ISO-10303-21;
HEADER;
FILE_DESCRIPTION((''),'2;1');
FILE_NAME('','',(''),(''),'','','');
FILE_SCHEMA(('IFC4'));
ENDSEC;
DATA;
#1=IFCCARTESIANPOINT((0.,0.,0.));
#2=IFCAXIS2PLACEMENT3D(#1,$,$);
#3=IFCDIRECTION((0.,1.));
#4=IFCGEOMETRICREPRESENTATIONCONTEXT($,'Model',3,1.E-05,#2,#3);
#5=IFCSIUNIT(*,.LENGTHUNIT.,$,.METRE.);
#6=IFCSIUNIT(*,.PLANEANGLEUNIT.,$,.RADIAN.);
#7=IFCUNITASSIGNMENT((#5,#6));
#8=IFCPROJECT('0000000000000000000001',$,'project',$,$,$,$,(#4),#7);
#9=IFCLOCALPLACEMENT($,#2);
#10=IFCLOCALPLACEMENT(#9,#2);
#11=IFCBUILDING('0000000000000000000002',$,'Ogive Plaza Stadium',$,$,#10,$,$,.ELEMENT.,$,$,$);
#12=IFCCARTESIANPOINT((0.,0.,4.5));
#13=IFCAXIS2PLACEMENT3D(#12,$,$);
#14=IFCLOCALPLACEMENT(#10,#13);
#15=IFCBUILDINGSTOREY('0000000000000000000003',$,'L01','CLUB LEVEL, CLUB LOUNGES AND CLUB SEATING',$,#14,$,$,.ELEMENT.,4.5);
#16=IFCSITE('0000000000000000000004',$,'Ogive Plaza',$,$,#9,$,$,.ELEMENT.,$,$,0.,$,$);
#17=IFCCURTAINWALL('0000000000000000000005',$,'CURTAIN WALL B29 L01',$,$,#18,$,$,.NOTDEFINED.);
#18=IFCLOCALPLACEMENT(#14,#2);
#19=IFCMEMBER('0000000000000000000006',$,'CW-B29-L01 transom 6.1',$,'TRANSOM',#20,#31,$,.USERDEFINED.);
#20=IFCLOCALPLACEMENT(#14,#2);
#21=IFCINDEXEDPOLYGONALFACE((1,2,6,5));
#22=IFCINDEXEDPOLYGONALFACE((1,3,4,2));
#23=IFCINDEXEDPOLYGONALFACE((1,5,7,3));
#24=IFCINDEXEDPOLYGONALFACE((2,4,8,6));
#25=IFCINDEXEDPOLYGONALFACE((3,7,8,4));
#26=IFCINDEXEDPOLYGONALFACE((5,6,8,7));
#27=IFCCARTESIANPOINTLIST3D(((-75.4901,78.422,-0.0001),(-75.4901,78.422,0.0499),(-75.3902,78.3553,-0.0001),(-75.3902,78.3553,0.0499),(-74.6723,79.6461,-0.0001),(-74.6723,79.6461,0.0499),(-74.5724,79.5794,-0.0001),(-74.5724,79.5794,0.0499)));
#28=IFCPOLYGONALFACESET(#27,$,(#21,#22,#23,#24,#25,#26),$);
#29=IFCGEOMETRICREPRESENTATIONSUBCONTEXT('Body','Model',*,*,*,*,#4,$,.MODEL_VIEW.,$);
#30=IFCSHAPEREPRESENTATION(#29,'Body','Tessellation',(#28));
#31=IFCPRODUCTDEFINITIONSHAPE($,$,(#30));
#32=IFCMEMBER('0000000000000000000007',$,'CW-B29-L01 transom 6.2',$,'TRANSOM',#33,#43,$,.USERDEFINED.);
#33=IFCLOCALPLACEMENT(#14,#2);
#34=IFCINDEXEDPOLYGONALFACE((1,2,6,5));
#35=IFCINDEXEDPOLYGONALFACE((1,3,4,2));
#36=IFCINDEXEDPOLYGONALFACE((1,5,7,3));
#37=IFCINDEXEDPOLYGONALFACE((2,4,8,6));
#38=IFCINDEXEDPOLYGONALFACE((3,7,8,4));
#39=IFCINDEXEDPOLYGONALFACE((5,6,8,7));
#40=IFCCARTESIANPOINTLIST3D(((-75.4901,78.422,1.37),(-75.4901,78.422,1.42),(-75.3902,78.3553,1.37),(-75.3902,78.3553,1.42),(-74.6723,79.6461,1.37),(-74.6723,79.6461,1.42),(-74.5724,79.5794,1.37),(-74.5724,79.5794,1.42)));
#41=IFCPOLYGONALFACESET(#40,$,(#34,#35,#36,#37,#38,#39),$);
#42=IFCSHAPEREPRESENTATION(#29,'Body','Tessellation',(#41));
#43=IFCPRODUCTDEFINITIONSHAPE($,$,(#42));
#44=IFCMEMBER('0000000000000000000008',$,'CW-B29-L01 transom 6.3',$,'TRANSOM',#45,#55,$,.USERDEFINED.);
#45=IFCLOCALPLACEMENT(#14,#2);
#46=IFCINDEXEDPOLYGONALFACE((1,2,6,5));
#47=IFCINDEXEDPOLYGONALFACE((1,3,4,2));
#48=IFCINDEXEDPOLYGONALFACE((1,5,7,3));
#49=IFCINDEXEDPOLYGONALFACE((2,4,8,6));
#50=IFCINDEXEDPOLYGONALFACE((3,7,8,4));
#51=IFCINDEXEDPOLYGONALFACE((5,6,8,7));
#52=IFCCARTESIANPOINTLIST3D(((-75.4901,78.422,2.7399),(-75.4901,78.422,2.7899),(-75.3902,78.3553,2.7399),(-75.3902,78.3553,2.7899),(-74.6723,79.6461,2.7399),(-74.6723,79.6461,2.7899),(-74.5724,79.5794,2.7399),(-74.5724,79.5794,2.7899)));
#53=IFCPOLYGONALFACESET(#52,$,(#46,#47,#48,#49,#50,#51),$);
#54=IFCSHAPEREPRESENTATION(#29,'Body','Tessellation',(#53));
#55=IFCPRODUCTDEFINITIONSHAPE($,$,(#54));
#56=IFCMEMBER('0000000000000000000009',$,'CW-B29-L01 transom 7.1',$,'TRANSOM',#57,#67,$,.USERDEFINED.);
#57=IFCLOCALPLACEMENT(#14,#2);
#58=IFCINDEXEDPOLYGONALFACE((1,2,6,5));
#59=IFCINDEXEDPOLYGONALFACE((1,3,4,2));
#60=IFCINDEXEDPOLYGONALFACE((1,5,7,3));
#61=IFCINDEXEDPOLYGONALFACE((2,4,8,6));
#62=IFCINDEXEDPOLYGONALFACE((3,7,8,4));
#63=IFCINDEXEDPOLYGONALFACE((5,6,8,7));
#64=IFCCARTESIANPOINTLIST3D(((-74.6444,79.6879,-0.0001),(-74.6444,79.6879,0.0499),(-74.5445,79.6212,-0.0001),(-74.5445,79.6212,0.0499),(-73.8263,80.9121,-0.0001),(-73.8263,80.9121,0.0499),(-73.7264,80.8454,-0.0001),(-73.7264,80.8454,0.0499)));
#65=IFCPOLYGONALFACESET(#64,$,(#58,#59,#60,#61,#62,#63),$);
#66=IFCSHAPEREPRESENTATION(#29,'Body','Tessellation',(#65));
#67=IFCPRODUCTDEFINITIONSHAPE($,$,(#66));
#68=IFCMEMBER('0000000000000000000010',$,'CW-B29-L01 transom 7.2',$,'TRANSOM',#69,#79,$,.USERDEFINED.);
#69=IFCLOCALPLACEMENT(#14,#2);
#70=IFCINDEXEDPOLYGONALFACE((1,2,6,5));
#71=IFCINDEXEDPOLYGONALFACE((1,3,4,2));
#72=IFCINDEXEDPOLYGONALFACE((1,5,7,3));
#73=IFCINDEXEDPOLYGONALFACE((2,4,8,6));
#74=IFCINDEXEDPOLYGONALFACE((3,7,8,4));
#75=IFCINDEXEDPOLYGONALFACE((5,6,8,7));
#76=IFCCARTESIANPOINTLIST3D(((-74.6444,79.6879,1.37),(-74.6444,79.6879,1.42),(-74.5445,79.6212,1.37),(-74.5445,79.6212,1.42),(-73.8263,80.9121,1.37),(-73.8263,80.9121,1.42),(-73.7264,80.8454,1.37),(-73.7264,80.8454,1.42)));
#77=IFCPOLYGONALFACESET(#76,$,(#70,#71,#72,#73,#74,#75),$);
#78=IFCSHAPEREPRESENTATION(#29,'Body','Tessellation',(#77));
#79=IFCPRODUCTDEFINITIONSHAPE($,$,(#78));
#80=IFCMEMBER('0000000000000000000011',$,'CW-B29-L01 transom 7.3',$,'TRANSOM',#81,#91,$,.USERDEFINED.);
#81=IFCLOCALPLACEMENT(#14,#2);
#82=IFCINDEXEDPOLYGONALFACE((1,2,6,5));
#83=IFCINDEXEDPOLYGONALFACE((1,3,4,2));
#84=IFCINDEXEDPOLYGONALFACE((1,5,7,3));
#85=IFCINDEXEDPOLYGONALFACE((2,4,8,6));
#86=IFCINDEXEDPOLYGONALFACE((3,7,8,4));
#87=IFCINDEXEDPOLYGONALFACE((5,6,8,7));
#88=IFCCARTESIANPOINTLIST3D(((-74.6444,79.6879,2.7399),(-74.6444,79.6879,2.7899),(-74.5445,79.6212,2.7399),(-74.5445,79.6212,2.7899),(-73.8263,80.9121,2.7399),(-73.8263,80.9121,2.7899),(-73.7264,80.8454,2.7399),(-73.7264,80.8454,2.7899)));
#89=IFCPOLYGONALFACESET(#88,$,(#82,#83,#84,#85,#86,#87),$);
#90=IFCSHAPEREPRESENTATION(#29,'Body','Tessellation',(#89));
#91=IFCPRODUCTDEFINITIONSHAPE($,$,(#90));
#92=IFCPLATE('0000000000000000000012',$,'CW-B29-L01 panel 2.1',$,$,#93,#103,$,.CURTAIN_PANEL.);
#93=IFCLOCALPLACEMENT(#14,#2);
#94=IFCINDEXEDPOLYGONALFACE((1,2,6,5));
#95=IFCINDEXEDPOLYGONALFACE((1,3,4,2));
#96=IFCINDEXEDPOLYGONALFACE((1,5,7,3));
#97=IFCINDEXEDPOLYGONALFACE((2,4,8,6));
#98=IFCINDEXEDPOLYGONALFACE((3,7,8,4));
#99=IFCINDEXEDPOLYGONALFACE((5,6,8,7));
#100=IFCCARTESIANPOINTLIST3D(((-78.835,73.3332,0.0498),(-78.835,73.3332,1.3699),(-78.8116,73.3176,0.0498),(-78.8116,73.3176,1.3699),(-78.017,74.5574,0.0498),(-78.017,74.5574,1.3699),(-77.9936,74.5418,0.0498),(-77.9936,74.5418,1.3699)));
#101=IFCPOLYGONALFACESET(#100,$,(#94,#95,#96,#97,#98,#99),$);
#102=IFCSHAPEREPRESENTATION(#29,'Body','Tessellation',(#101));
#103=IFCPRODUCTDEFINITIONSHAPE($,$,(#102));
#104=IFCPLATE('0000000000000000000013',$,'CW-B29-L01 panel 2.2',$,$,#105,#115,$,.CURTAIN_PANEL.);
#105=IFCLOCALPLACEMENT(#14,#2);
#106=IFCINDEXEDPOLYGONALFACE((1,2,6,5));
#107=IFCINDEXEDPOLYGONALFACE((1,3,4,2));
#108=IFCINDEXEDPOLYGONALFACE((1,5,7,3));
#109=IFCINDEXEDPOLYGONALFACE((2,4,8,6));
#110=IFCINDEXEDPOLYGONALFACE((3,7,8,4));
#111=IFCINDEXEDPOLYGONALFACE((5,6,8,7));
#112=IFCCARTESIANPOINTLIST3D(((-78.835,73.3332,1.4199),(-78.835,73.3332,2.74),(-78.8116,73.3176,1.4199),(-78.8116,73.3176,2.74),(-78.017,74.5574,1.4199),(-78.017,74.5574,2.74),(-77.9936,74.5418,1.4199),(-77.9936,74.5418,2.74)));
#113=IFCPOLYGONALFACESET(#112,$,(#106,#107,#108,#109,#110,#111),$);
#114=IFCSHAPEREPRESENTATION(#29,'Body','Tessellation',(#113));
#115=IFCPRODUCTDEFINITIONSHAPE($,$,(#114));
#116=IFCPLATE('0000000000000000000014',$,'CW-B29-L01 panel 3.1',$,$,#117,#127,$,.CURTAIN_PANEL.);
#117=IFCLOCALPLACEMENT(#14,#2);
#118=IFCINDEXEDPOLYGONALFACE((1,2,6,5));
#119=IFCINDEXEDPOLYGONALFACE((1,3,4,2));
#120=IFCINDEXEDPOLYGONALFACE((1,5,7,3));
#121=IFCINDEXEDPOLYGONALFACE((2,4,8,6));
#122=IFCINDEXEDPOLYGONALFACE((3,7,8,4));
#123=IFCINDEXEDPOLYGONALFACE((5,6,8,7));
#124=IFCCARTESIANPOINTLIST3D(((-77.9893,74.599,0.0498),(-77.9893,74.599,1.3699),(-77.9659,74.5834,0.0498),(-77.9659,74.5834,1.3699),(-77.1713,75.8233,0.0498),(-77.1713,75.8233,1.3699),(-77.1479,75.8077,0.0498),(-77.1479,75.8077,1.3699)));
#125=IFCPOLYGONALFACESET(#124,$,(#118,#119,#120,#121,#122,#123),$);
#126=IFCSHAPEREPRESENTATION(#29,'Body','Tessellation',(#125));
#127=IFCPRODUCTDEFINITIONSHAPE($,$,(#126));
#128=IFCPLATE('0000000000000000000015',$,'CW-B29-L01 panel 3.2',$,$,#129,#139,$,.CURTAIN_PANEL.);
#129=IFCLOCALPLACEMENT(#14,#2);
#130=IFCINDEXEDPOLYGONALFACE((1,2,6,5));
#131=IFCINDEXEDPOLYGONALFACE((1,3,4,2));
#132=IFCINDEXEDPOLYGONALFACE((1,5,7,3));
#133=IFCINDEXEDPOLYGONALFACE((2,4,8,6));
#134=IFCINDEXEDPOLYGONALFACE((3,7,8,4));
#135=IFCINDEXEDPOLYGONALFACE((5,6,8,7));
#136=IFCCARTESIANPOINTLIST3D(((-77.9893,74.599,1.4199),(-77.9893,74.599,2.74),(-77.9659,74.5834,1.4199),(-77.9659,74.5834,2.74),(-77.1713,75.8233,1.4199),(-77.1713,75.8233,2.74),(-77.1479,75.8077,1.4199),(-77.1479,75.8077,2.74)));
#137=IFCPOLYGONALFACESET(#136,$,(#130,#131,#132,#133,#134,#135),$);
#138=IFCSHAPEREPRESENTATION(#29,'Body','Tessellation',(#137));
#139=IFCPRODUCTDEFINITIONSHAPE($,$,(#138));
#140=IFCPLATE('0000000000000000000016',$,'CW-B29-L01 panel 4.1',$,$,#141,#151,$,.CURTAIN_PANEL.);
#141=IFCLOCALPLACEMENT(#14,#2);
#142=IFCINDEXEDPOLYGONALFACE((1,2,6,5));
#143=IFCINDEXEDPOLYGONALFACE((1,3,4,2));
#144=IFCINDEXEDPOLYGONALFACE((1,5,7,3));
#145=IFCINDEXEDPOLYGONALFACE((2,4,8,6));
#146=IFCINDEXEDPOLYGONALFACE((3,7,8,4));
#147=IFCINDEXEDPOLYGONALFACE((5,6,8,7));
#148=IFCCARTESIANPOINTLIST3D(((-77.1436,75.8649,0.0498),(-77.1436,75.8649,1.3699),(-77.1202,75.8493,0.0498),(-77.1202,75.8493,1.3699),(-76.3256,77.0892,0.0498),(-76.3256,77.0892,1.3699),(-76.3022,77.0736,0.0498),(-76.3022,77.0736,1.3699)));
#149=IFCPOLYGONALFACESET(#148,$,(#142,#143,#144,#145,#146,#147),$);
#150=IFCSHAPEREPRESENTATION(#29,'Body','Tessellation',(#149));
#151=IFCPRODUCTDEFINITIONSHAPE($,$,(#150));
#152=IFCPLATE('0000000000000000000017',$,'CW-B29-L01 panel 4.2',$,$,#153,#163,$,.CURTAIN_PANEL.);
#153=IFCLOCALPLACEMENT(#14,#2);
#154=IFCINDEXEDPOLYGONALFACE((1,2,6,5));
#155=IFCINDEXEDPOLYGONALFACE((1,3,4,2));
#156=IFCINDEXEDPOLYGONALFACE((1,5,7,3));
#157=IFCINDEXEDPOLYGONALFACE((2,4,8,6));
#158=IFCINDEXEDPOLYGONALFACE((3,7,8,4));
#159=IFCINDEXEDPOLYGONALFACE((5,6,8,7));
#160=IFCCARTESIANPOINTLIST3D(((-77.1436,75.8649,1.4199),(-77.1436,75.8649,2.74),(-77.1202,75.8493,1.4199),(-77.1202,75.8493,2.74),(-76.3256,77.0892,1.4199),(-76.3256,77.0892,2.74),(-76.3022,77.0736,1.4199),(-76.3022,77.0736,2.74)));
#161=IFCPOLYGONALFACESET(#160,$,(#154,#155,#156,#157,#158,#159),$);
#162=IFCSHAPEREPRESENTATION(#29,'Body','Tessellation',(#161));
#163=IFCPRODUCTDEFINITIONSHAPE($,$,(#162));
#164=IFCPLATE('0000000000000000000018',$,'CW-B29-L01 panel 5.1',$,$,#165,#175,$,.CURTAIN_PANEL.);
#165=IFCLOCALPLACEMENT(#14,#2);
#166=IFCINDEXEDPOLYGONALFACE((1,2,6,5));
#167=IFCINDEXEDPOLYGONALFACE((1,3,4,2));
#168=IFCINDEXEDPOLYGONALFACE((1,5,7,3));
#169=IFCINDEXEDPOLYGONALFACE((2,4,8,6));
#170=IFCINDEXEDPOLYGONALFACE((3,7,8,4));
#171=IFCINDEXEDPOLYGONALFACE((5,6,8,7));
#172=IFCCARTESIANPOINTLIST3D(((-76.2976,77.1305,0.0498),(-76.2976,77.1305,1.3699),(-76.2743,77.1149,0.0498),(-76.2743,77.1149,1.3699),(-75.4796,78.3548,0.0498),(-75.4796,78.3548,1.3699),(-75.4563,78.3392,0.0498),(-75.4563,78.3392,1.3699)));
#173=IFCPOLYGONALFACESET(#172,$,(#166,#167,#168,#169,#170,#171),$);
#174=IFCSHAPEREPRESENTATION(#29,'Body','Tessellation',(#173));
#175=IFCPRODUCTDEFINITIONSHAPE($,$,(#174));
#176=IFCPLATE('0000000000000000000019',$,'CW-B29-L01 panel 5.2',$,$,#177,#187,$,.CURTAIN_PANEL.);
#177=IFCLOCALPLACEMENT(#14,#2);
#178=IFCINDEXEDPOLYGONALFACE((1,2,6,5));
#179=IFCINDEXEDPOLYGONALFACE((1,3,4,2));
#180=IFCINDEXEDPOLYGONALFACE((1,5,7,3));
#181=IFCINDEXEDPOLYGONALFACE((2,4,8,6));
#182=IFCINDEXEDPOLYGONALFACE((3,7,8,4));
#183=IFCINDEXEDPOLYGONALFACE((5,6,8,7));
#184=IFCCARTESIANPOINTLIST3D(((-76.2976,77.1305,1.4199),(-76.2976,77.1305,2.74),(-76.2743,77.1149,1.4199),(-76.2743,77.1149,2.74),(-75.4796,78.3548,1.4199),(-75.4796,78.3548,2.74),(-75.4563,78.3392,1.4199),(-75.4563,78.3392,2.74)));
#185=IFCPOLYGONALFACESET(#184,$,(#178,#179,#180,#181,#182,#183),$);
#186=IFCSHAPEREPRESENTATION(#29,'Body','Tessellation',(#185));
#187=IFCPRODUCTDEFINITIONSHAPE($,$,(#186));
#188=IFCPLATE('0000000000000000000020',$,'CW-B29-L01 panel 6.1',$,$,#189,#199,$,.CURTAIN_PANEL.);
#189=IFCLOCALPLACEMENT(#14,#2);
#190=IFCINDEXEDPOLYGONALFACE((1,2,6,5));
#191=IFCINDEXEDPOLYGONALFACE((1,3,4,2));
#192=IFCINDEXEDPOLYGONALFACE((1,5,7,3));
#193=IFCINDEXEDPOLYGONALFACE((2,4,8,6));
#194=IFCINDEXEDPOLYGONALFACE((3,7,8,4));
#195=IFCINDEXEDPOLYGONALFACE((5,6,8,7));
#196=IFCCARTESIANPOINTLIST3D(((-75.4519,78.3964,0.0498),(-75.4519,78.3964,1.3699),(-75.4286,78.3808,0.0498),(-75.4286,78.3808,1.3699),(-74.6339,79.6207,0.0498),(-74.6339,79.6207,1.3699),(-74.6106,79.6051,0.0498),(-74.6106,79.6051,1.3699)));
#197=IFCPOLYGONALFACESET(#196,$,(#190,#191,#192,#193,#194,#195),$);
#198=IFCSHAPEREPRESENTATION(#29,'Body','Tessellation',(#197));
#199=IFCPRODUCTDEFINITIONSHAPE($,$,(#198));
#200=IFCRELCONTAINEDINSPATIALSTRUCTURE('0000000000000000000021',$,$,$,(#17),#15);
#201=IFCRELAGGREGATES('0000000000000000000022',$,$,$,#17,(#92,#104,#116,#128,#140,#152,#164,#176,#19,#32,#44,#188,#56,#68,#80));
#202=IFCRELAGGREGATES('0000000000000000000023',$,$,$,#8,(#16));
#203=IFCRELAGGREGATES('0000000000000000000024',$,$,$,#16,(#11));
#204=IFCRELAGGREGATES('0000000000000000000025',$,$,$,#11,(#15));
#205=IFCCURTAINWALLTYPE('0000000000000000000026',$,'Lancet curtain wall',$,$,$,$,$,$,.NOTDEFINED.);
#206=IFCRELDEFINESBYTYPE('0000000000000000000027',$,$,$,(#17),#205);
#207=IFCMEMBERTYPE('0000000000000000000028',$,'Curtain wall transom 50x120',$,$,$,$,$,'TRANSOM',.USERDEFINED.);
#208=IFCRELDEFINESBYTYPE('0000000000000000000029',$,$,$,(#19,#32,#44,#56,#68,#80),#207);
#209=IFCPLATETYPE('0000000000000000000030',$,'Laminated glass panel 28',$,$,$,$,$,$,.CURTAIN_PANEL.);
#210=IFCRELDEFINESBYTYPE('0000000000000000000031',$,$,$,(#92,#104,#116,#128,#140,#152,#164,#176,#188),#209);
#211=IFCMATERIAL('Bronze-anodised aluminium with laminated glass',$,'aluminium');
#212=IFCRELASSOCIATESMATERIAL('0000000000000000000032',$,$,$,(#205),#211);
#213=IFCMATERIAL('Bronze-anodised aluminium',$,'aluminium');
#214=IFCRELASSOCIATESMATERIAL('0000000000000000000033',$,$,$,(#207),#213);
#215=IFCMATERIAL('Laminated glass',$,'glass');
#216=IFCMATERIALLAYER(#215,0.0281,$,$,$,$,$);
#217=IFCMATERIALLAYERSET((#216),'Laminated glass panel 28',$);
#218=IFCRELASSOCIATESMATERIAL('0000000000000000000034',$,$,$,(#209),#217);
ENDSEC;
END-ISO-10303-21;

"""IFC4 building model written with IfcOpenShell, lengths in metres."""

from ifc_helpers import new_model, si_unit, direction, frame, origin, origin_2d, place, context, subcontext, project, spatial, rectangle, extrude, material, layer, layer_set, material_profile, profile_set, type_object, element, aggregate, save


model = new_model("IFC4")

# Units and contexts
model_context = context("Model", 3, precision=1e-05, world=origin(), true_north=direction((0.0, 1.0)))
body_context = subcontext(model_context, "Body", "Model", "MODEL_VIEW")
ifc_project = project(units=[si_unit("LENGTHUNIT", "METRE"), si_unit("PLANEANGLEUNIT", "RADIAN")], contexts=[model_context])

# Site, building, storey
site_placement = place(None, origin())
site = spatial("IfcSite", under=ifc_project, at=site_placement, Name="Ogive Plaza", CompositionType="ELEMENT", RefElevation=0.0)
building_placement = place(site_placement, origin())
building = spatial("IfcBuilding", under=site, at=building_placement, Name="Ogive Plaza Stadium", CompositionType="ELEMENT")
storey_placement = place(building_placement, frame((0.0, 0.0, 4.5)))
storey = spatial("IfcBuildingStorey", under=building, at=storey_placement, Name="L01", Description="CLUB LEVEL, CLUB LOUNGES AND CLUB SEATING", CompositionType="ELEMENT", Elevation=4.5)

# Curtain wall, members, plates
ifc_material_1 = material(Name="Bronze-anodised aluminium with laminated glass", Category="aluminium")
curtain_wall_type = type_object("IfcCurtainWallType", Name="Lancet curtain wall", PredefinedType="NOTDEFINED", material=ifc_material_1)
curtain_wall_placement = place(storey_placement, origin())
curtain_wall = element("IfcCurtainWall", 1, at=curtain_wall_placement, inside=storey, type_object=curtain_wall_type, Name="CURTAIN WALL B29 L01", PredefinedType="NOTDEFINED")
ifc_material_2 = material(Name="Bronze-anodised aluminium", Category="aluminium")
ifc_material_profile_1 = material_profile(ifc_material_2, rectangle(XDim=0.1201, YDim=0.05, at=origin_2d()), Name="AL 120x50")
ifc_profile_set_1 = profile_set([ifc_material_profile_1], Name="Bronze-anodised aluminium")
member_type_1 = type_object("IfcMemberType", Name="Curtain wall transom 50x120", ElementType="TRANSOM", PredefinedType="USERDEFINED", material=ifc_profile_set_1)
member_1_placement = place(storey_placement, frame((-75.4402, 78.3887, 0.0249), z_axis=(0.555542, 0.831489, 0.0), x_axis=(-0.831489, 0.555542, 0.0)))
member_1 = element("IfcMember", 2, at=member_1_placement, type_object=member_type_1, Name="CW-B29-L01 transom 6.1", ObjectType="TRANSOM", PredefinedType="USERDEFINED", context=body_context, shape_type="SweptSolid", body=[
    extrude(rectangle(XDim=0.1201, YDim=0.05, at=origin_2d()), origin(), (0.0, 0.0, 1.0), 1.4722),
])
member_2_placement = place(storey_placement, frame((-75.4402, 78.3887, 1.395), z_axis=(0.555542, 0.831489, 0.0), x_axis=(-0.831489, 0.555542, 0.0)))
member_2 = element("IfcMember", 3, at=member_2_placement, type_object=member_type_1, Name="CW-B29-L01 transom 6.2", ObjectType="TRANSOM", PredefinedType="USERDEFINED", context=body_context, shape_type="SweptSolid", body=[
    extrude(rectangle(XDim=0.1201, YDim=0.05, at=origin_2d()), origin(), (0.0, 0.0, 1.0), 1.4722),
])
member_3_placement = place(storey_placement, frame((-75.4402, 78.3887, 2.7649), z_axis=(0.555542, 0.831489, 0.0), x_axis=(-0.831489, 0.555542, 0.0)))
member_3 = element("IfcMember", 4, at=member_3_placement, type_object=member_type_1, Name="CW-B29-L01 transom 6.3", ObjectType="TRANSOM", PredefinedType="USERDEFINED", context=body_context, shape_type="SweptSolid", body=[
    extrude(rectangle(XDim=0.1201, YDim=0.05, at=origin_2d()), origin(), (0.0, 0.0, 1.0), 1.4722),
])
member_4_placement = place(storey_placement, frame((-74.5945, 79.6545, 0.0249), z_axis=(0.555656, 0.831412, 0.0), x_axis=(-0.831412, 0.555656, 0.0)))
member_4 = element("IfcMember", 5, at=member_4_placement, type_object=member_type_1, Name="CW-B29-L01 transom 7.1", ObjectType="TRANSOM", PredefinedType="USERDEFINED", context=body_context, shape_type="SweptSolid", body=[
    extrude(rectangle(XDim=0.1201, YDim=0.05, at=origin_2d()), origin(), (0.0, 0.0, 1.0), 1.4724),
])
member_5_placement = place(storey_placement, frame((-74.5945, 79.6545, 1.395), z_axis=(0.555656, 0.831412, 0.0), x_axis=(-0.831412, 0.555656, 0.0)))
member_5 = element("IfcMember", 6, at=member_5_placement, type_object=member_type_1, Name="CW-B29-L01 transom 7.2", ObjectType="TRANSOM", PredefinedType="USERDEFINED", context=body_context, shape_type="SweptSolid", body=[
    extrude(rectangle(XDim=0.1201, YDim=0.05, at=origin_2d()), origin(), (0.0, 0.0, 1.0), 1.4724),
])
member_6_placement = place(storey_placement, frame((-74.5945, 79.6545, 2.7649), z_axis=(0.555656, 0.831412, 0.0), x_axis=(-0.831412, 0.555656, 0.0)))
member_6 = element("IfcMember", 7, at=member_6_placement, type_object=member_type_1, Name="CW-B29-L01 transom 7.3", ObjectType="TRANSOM", PredefinedType="USERDEFINED", context=body_context, shape_type="SweptSolid", body=[
    extrude(rectangle(XDim=0.1201, YDim=0.05, at=origin_2d()), origin(), (0.0, 0.0, 1.0), 1.4724),
])
ifc_material_3 = material(Name="Laminated glass", Category="glass")
ifc_layer_1 = layer(ifc_material_3, 0.0281)
ifc_layer_set_1 = layer_set([ifc_layer_1], Name="Laminated glass panel 28")
plate_type = type_object("IfcPlateType", Name="Laminated glass panel 28", PredefinedType="CURTAIN_PANEL", material=ifc_layer_set_1)
plate_1_placement = place(storey_placement, frame((-78.4143, 73.9375, 0.0498), z_axis=(0.0, 0.0, 1.0), x_axis=(0.55557, 0.83147, 0.0)))
plate_1 = element("IfcPlate", 8, at=plate_1_placement, type_object=plate_type, Name="CW-B29-L01 panel 2.1", PredefinedType="CURTAIN_PANEL", context=body_context, shape_type="SweptSolid", body=[
    extrude(rectangle(XDim=1.4724, YDim=0.0281, at=origin_2d()), origin(), (0.0, 0.0, 1.0), 1.3201),
])
plate_2_placement = place(storey_placement, frame((-78.4143, 73.9375, 1.4199), z_axis=(0.0, 0.0, 1.0), x_axis=(0.55557, 0.83147, 0.0)))
plate_2 = element("IfcPlate", 9, at=plate_2_placement, type_object=plate_type, Name="CW-B29-L01 panel 2.2", PredefinedType="CURTAIN_PANEL", context=body_context, shape_type="SweptSolid", body=[
    extrude(rectangle(XDim=1.4724, YDim=0.0281, at=origin_2d()), origin(), (0.0, 0.0, 1.0), 1.3201),
])
plate_3_placement = place(storey_placement, frame((-77.5686, 75.2034, 0.0498), z_axis=(0.0, 0.0, 1.0), x_axis=(0.55557, 0.83147, 0.0)))
plate_3 = element("IfcPlate", 10, at=plate_3_placement, type_object=plate_type, Name="CW-B29-L01 panel 3.1", PredefinedType="CURTAIN_PANEL", context=body_context, shape_type="SweptSolid", body=[
    extrude(rectangle(XDim=1.4724, YDim=0.0281, at=origin_2d()), origin(), (0.0, 0.0, 1.0), 1.3201),
])
plate_4_placement = place(storey_placement, frame((-77.5686, 75.2034, 1.4199), z_axis=(0.0, 0.0, 1.0), x_axis=(0.55557, 0.83147, 0.0)))
plate_4 = element("IfcPlate", 11, at=plate_4_placement, type_object=plate_type, Name="CW-B29-L01 panel 3.2", PredefinedType="CURTAIN_PANEL", context=body_context, shape_type="SweptSolid", body=[
    extrude(rectangle(XDim=1.4724, YDim=0.0281, at=origin_2d()), origin(), (0.0, 0.0, 1.0), 1.3201),
])
plate_5_placement = place(storey_placement, frame((-76.7229, 76.4692, 0.0498), z_axis=(0.0, 0.0, 1.0), x_axis=(0.55557, 0.83147, 0.0)))
plate_5 = element("IfcPlate", 12, at=plate_5_placement, type_object=plate_type, Name="CW-B29-L01 panel 4.1", PredefinedType="CURTAIN_PANEL", context=body_context, shape_type="SweptSolid", body=[
    extrude(rectangle(XDim=1.4724, YDim=0.0281, at=origin_2d()), origin(), (0.0, 0.0, 1.0), 1.3201),
])
plate_6_placement = place(storey_placement, frame((-76.7229, 76.4692, 1.4199), z_axis=(0.0, 0.0, 1.0), x_axis=(0.55557, 0.83147, 0.0)))
plate_6 = element("IfcPlate", 13, at=plate_6_placement, type_object=plate_type, Name="CW-B29-L01 panel 4.2", PredefinedType="CURTAIN_PANEL", context=body_context, shape_type="SweptSolid", body=[
    extrude(rectangle(XDim=1.4724, YDim=0.0281, at=origin_2d()), origin(), (0.0, 0.0, 1.0), 1.3201),
])
plate_7_placement = place(storey_placement, frame((-75.877, 77.7349, 0.0498), z_axis=(0.0, 0.0, 1.0), x_axis=(0.55557, 0.83147, 0.0)))
plate_7 = element("IfcPlate", 14, at=plate_7_placement, type_object=plate_type, Name="CW-B29-L01 panel 5.1", PredefinedType="CURTAIN_PANEL", context=body_context, shape_type="SweptSolid", body=[
    extrude(rectangle(XDim=1.4724, YDim=0.0281, at=origin_2d()), origin(), (0.0, 0.0, 1.0), 1.3201),
])
plate_8_placement = place(storey_placement, frame((-75.877, 77.7349, 1.4199), z_axis=(0.0, 0.0, 1.0), x_axis=(0.55557, 0.83147, 0.0)))
plate_8 = element("IfcPlate", 15, at=plate_8_placement, type_object=plate_type, Name="CW-B29-L01 panel 5.2", PredefinedType="CURTAIN_PANEL", context=body_context, shape_type="SweptSolid", body=[
    extrude(rectangle(XDim=1.4724, YDim=0.0281, at=origin_2d()), origin(), (0.0, 0.0, 1.0), 1.3201),
])
plate_9_placement = place(storey_placement, frame((-75.0312, 79.0007, 0.0498), z_axis=(0.0, 0.0, 1.0), x_axis=(0.55557, 0.83147, 0.0)))
plate_9 = element("IfcPlate", 16, at=plate_9_placement, type_object=plate_type, Name="CW-B29-L01 panel 6.1", PredefinedType="CURTAIN_PANEL", context=body_context, shape_type="SweptSolid", body=[
    extrude(rectangle(XDim=1.4724, YDim=0.0281, at=origin_2d()), origin(), (0.0, 0.0, 1.0), 1.3201),
])
aggregate(curtain_wall, [plate_1, plate_2, plate_3, plate_4, plate_5, plate_6, plate_7, plate_8, member_1, member_2, member_3, plate_9, member_4, member_5, member_6])

save(model, "model.ifc")
